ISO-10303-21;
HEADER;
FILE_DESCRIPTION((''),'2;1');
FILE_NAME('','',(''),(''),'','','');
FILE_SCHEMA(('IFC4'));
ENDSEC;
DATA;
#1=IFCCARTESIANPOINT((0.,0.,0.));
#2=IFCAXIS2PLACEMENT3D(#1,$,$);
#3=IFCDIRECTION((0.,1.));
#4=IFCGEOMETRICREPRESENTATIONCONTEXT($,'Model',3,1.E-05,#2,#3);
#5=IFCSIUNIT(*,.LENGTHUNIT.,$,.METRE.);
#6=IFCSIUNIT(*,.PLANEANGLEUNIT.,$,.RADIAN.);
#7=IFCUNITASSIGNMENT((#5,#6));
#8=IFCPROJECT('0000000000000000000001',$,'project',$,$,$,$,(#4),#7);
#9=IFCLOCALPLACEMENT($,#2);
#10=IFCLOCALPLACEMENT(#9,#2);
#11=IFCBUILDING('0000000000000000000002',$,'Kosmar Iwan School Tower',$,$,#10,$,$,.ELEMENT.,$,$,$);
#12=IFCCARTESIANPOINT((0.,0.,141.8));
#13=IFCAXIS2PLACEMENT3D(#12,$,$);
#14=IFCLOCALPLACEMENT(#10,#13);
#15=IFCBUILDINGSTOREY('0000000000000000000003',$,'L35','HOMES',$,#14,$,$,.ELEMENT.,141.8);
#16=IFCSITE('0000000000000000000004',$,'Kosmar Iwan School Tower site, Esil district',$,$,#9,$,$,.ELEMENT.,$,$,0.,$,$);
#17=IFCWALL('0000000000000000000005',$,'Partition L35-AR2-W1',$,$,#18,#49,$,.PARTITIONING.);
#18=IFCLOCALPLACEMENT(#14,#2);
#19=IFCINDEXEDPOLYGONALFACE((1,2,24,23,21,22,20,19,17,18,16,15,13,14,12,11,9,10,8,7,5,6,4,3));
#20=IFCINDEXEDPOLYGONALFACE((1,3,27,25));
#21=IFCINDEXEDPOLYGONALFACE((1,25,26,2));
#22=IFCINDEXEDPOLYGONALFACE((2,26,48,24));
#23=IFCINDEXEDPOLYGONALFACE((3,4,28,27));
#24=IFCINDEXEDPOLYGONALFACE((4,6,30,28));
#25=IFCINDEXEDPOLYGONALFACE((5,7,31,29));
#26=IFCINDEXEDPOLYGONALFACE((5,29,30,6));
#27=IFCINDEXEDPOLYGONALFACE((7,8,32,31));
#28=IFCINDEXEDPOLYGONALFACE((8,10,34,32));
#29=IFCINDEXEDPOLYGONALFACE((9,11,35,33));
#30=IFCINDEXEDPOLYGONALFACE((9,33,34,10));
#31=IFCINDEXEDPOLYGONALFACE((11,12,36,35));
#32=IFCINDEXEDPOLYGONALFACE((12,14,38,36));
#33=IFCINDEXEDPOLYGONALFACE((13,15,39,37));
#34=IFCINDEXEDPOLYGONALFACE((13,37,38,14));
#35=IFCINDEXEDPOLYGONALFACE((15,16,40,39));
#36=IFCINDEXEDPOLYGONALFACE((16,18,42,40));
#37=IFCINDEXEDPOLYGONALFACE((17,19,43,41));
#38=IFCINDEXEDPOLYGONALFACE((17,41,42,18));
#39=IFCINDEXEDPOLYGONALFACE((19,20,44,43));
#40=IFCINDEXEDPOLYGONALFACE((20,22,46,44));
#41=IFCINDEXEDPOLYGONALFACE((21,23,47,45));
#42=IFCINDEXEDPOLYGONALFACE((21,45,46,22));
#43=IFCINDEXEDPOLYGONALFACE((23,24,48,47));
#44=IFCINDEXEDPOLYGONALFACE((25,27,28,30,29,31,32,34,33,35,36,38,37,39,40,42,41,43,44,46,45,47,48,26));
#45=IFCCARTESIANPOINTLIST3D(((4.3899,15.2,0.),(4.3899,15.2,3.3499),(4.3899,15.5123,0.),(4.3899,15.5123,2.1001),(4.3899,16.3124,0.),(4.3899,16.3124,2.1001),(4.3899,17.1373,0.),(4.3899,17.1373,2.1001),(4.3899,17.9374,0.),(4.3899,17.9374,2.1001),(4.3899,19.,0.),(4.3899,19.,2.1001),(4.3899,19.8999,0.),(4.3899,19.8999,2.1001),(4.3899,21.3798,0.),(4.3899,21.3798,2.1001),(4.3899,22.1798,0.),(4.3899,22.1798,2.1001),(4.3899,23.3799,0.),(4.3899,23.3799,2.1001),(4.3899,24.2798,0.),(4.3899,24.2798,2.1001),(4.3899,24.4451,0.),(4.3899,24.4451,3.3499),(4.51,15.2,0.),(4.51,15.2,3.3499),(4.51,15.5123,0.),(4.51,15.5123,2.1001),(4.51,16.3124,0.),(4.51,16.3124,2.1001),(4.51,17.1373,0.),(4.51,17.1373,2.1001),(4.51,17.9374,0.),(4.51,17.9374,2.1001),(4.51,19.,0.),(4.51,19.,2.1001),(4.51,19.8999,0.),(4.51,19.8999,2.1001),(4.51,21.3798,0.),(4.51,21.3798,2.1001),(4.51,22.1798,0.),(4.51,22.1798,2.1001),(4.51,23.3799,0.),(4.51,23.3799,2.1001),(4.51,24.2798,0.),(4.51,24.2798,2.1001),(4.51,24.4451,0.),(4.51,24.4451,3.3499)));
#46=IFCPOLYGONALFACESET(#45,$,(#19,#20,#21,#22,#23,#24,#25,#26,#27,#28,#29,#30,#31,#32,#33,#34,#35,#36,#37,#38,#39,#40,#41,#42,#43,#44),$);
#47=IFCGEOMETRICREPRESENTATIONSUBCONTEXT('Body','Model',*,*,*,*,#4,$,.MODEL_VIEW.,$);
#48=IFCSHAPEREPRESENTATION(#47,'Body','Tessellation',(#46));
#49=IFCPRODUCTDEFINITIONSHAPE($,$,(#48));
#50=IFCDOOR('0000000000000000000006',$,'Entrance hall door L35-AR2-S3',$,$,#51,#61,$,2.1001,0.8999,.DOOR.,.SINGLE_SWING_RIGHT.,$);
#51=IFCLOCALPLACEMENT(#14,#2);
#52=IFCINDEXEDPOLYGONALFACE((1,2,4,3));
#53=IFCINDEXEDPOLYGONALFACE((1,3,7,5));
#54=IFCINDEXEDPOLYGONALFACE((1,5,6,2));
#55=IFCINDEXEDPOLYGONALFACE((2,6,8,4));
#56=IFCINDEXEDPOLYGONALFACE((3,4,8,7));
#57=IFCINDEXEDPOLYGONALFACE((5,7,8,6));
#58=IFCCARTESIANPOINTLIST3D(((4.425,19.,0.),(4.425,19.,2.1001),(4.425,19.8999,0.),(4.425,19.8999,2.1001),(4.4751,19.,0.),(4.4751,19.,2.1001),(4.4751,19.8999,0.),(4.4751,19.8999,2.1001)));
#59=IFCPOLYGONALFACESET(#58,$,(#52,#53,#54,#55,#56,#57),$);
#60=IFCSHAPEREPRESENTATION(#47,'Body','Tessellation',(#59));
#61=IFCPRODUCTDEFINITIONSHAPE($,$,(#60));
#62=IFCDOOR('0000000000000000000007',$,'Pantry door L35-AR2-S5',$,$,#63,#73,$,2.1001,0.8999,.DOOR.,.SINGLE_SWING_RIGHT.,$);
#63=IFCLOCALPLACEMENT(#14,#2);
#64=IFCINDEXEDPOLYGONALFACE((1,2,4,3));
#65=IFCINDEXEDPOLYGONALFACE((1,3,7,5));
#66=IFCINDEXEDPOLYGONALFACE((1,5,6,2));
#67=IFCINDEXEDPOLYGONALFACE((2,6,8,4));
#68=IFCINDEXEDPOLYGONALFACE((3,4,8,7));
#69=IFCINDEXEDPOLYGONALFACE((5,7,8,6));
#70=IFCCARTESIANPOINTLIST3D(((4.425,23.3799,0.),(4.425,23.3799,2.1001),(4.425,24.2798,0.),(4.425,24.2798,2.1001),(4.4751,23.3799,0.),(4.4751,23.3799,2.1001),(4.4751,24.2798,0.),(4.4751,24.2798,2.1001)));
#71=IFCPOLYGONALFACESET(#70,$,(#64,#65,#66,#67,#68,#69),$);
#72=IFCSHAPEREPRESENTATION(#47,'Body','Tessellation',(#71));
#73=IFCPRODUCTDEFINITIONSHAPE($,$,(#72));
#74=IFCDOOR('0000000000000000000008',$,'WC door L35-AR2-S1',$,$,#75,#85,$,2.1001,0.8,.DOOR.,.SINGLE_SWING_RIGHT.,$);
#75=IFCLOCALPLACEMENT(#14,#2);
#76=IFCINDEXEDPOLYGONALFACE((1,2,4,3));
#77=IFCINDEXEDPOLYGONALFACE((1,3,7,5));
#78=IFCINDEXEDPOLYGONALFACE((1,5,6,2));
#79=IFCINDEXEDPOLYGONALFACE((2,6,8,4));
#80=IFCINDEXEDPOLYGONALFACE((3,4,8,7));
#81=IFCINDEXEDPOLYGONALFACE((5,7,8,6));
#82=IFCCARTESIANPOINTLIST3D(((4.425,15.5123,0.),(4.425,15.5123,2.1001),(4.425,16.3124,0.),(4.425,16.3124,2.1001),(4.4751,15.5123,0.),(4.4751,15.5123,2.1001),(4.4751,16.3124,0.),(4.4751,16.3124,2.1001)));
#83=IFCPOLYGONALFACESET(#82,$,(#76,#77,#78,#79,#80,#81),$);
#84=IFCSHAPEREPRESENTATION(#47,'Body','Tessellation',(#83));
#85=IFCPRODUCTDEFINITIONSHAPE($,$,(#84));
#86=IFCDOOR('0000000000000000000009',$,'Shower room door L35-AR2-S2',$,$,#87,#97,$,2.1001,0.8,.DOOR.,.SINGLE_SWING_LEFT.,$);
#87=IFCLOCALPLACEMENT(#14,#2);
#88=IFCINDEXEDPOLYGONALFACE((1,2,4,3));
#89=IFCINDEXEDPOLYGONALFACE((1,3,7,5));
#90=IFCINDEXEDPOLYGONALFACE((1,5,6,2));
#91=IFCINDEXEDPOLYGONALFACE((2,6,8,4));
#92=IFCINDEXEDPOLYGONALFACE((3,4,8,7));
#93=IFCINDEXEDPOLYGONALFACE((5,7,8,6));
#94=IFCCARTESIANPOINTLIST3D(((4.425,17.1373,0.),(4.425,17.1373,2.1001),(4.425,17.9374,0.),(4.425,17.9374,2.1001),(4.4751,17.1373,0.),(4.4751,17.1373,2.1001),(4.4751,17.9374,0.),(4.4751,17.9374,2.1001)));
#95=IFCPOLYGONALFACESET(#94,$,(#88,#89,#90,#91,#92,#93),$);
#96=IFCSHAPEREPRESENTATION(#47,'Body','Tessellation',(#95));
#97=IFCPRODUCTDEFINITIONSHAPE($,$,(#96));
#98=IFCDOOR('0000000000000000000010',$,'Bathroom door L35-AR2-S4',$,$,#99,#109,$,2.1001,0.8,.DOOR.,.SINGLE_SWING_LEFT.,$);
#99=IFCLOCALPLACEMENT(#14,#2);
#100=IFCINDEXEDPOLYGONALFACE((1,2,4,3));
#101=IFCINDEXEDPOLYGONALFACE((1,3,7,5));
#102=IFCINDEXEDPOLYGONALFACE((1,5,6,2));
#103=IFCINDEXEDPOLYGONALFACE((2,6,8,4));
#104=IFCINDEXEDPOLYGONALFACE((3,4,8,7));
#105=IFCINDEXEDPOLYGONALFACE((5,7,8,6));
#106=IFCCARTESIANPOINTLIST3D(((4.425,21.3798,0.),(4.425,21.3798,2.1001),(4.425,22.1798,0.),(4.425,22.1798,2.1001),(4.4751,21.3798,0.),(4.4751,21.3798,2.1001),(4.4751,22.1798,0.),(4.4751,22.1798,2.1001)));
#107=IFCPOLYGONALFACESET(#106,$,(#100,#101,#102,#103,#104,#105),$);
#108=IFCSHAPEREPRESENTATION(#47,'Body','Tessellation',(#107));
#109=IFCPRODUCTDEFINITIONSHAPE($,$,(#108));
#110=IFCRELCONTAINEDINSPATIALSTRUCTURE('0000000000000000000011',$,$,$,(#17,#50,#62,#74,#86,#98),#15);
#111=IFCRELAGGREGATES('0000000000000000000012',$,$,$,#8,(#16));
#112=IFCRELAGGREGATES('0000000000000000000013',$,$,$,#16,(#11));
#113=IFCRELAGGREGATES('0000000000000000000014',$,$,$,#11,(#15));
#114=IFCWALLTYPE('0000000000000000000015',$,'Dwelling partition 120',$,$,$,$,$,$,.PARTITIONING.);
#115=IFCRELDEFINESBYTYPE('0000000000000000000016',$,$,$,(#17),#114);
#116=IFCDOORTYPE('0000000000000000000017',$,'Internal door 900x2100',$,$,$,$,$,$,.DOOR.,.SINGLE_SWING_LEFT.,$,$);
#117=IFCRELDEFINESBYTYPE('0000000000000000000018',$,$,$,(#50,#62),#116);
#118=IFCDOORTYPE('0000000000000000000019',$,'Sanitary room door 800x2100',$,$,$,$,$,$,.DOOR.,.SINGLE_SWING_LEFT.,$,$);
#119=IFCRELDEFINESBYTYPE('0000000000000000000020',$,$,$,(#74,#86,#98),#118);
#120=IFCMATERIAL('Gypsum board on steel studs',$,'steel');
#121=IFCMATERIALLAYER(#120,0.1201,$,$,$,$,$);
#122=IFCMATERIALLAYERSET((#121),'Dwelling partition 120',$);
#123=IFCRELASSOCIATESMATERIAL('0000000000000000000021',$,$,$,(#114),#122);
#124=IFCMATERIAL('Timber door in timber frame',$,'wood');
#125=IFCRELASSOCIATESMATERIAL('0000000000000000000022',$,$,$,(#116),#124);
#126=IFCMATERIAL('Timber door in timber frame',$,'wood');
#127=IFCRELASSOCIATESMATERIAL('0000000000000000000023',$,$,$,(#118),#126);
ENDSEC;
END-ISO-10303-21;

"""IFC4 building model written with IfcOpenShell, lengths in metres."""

from ifc_helpers import new_model, si_unit, direction, frame, frame_2d, origin, place, context, subcontext, project, spatial, rectangle, extrude, material, layer, layer_set, type_object, element, fill, save


model = new_model("IFC4")

# Units and contexts
model_context = context("Model", 3, precision=1e-05, world=origin(), true_north=direction((0.0, 1.0)))
body_context = subcontext(model_context, "Body", "Model", "MODEL_VIEW")
ifc_project = project(units=[si_unit("LENGTHUNIT", "METRE"), si_unit("PLANEANGLEUNIT", "RADIAN")], contexts=[model_context])

# Site, building, storey
site_placement = place(None, origin())
site = spatial("IfcSite", under=ifc_project, at=site_placement, Name="Kosmar Iwan School Tower site, Esil district", CompositionType="ELEMENT", RefElevation=0.0)
building_placement = place(site_placement, origin())
building = spatial("IfcBuilding", under=site, at=building_placement, Name="Kosmar Iwan School Tower", CompositionType="ELEMENT")
storey_placement = place(building_placement, frame((0.0, 0.0, 141.8)))
storey = spatial("IfcBuildingStorey", under=building, at=storey_placement, Name="L35", Description="HOMES", CompositionType="ELEMENT", Elevation=141.8)

# Shared definitions
ifc_material_1 = material(Name="Gypsum board on steel studs", Category="steel")
ifc_layer_1 = layer(ifc_material_1, 0.1201)
ifc_layer_set_1 = layer_set([ifc_layer_1], Name="Dwelling partition 120")
wall_type_1 = type_object("IfcWallType", Name="Dwelling partition 120", PredefinedType="PARTITIONING", material=ifc_layer_set_1)

# Wall, openings, doors
wall_1_placement = place(storey_placement, frame((4.45, 15.2, 0.0), z_axis=(0.0, 0.0, 1.0), x_axis=(0.0, 1.0, 0.0)))
wall_1 = element("IfcWall", 1, at=wall_1_placement, inside=storey, type_object=wall_type_1, Name="Partition L35-AR2-W1", PredefinedType="PARTITIONING", context=body_context, shape_type="SweptSolid", body=[
    extrude(rectangle(XDim=9.2451, YDim=0.1201, at=frame_2d((4.6226, 0.0))), origin(), (0.0, 0.0, 1.0), 3.3499),
])
opening_1_placement = place(wall_1_placement, frame((0.3125, 0.0, 0.0)))
opening_1 = element("IfcOpeningElement", 2, at=opening_1_placement, cuts=wall_1, PredefinedType="OPENING", context=body_context, shape_type="SweptSolid", body=[
    extrude(rectangle(XDim=0.8, YDim=2.1001, at=frame_2d((0.3999, 1.05))), frame((0.0, 0.072, 0.0), z_axis=(0.0, -1.0, 0.0), x_axis=(1.0, 0.0, 0.0)), (0.0, 0.0, 1.0), 0.144),
])
opening_2_placement = place(wall_1_placement, frame((1.9375, 0.0, 0.0)))
opening_2 = element("IfcOpeningElement", 3, at=opening_2_placement, cuts=wall_1, PredefinedType="OPENING", context=body_context, shape_type="SweptSolid", body=[
    extrude(rectangle(XDim=0.8, YDim=2.1001, at=frame_2d((0.3999, 1.05))), frame((0.0, 0.072, 0.0), z_axis=(0.0, -1.0, 0.0), x_axis=(1.0, 0.0, 0.0)), (0.0, 0.0, 1.0), 0.144),
])
opening_3_placement = place(wall_1_placement, frame((3.8, 0.0, 0.0)))
opening_3 = element("IfcOpeningElement", 4, at=opening_3_placement, cuts=wall_1, PredefinedType="OPENING", context=body_context, shape_type="SweptSolid", body=[
    extrude(rectangle(XDim=0.8999, YDim=2.1001, at=frame_2d((0.45, 1.05))), frame((0.0, 0.072, 0.0), z_axis=(0.0, -1.0, 0.0), x_axis=(1.0, 0.0, 0.0)), (0.0, 0.0, 1.0), 0.144),
])
opening_4_placement = place(wall_1_placement, frame((6.1799, 0.0, 0.0)))
opening_4 = element("IfcOpeningElement", 5, at=opening_4_placement, cuts=wall_1, PredefinedType="OPENING", context=body_context, shape_type="SweptSolid", body=[
    extrude(rectangle(XDim=0.8, YDim=2.1001, at=frame_2d((0.3999, 1.05))), frame((0.0, 0.072, 0.0), z_axis=(0.0, -1.0, 0.0), x_axis=(1.0, 0.0, 0.0)), (0.0, 0.0, 1.0), 0.144),
])
opening_5_placement = place(wall_1_placement, frame((8.1799, 0.0, 0.0)))
opening_5 = element("IfcOpeningElement", 6, at=opening_5_placement, cuts=wall_1, PredefinedType="OPENING", context=body_context, shape_type="SweptSolid", body=[
    extrude(rectangle(XDim=0.8999, YDim=2.1001, at=frame_2d((0.45, 1.05))), frame((0.0, 0.072, 0.0), z_axis=(0.0, -1.0, 0.0), x_axis=(1.0, 0.0, 0.0)), (0.0, 0.0, 1.0), 0.144),
])
ifc_material_2 = material(Name="Timber door in timber frame", Category="wood")
door_type_1 = type_object("IfcDoorType", Name="Internal door 900x2100", OperationType="SINGLE_SWING_LEFT", PredefinedType="DOOR", material=ifc_material_2)
door_1_placement = place(opening_3_placement, origin())
door_1 = element("IfcDoor", 7, at=door_1_placement, inside=storey, type_object=door_type_1, Name="Entrance hall door L35-AR2-S3", OperationType="SINGLE_SWING_RIGHT", OverallHeight=2.1001, OverallWidth=0.8999, PredefinedType="DOOR", context=body_context, shape_type="SweptSolid", body=[
    extrude(rectangle(XDim=0.8999, YDim=2.1001, at=frame_2d((0.45, 1.05))), frame((0.0, 0.0249, 0.0), z_axis=(0.0, -1.0, 0.0), x_axis=(1.0, 0.0, 0.0)), (0.0, 0.0, 1.0), 0.05),
])
fill(opening_3, door_1)
door_2_placement = place(opening_5_placement, origin())
door_2 = element("IfcDoor", 8, at=door_2_placement, inside=storey, type_object=door_type_1, Name="Pantry door L35-AR2-S5", OperationType="SINGLE_SWING_RIGHT", OverallHeight=2.1001, OverallWidth=0.8999, PredefinedType="DOOR", context=body_context, shape_type="SweptSolid", body=[
    extrude(rectangle(XDim=0.8999, YDim=2.1001, at=frame_2d((0.45, 1.05))), frame((0.0, 0.0249, 0.0), z_axis=(0.0, -1.0, 0.0), x_axis=(1.0, 0.0, 0.0)), (0.0, 0.0, 1.0), 0.05),
])
fill(opening_5, door_2)
ifc_material_3 = material(Name="Timber door in timber frame", Category="wood")
door_type_2 = type_object("IfcDoorType", Name="Sanitary room door 800x2100", OperationType="SINGLE_SWING_LEFT", PredefinedType="DOOR", material=ifc_material_3)
door_3_placement = place(opening_1_placement, origin())
door_3 = element("IfcDoor", 9, at=door_3_placement, inside=storey, type_object=door_type_2, Name="WC door L35-AR2-S1", OperationType="SINGLE_SWING_RIGHT", OverallHeight=2.1001, OverallWidth=0.8, PredefinedType="DOOR", context=body_context, shape_type="SweptSolid", body=[
    extrude(rectangle(XDim=0.8, YDim=2.1001, at=frame_2d((0.3999, 1.05))), frame((0.0, 0.0249, 0.0), z_axis=(0.0, -1.0, 0.0), x_axis=(1.0, 0.0, 0.0)), (0.0, 0.0, 1.0), 0.05),
])
fill(opening_1, door_3)
door_4_placement = place(opening_2_placement, origin())
door_4 = element("IfcDoor", 10, at=door_4_placement, inside=storey, type_object=door_type_2, Name="Shower room door L35-AR2-S2", OperationType="SINGLE_SWING_LEFT", OverallHeight=2.1001, OverallWidth=0.8, PredefinedType="DOOR", context=body_context, shape_type="SweptSolid", body=[
    extrude(rectangle(XDim=0.8, YDim=2.1001, at=frame_2d((0.3999, 1.05))), frame((0.0, 0.0249, 0.0), z_axis=(0.0, -1.0, 0.0), x_axis=(1.0, 0.0, 0.0)), (0.0, 0.0, 1.0), 0.05),
])
fill(opening_2, door_4)
door_5_placement = place(opening_4_placement, origin())
door_5 = element("IfcDoor", 11, at=door_5_placement, inside=storey, type_object=door_type_2, Name="Bathroom door L35-AR2-S4", OperationType="SINGLE_SWING_LEFT", OverallHeight=2.1001, OverallWidth=0.8, PredefinedType="DOOR", context=body_context, shape_type="SweptSolid", body=[
    extrude(rectangle(XDim=0.8, YDim=2.1001, at=frame_2d((0.3999, 1.05))), frame((0.0, 0.0249, 0.0), z_axis=(0.0, -1.0, 0.0), x_axis=(1.0, 0.0, 0.0)), (0.0, 0.0, 1.0), 0.05),
])
fill(opening_4, door_5)

save(model, "model.ifc")
